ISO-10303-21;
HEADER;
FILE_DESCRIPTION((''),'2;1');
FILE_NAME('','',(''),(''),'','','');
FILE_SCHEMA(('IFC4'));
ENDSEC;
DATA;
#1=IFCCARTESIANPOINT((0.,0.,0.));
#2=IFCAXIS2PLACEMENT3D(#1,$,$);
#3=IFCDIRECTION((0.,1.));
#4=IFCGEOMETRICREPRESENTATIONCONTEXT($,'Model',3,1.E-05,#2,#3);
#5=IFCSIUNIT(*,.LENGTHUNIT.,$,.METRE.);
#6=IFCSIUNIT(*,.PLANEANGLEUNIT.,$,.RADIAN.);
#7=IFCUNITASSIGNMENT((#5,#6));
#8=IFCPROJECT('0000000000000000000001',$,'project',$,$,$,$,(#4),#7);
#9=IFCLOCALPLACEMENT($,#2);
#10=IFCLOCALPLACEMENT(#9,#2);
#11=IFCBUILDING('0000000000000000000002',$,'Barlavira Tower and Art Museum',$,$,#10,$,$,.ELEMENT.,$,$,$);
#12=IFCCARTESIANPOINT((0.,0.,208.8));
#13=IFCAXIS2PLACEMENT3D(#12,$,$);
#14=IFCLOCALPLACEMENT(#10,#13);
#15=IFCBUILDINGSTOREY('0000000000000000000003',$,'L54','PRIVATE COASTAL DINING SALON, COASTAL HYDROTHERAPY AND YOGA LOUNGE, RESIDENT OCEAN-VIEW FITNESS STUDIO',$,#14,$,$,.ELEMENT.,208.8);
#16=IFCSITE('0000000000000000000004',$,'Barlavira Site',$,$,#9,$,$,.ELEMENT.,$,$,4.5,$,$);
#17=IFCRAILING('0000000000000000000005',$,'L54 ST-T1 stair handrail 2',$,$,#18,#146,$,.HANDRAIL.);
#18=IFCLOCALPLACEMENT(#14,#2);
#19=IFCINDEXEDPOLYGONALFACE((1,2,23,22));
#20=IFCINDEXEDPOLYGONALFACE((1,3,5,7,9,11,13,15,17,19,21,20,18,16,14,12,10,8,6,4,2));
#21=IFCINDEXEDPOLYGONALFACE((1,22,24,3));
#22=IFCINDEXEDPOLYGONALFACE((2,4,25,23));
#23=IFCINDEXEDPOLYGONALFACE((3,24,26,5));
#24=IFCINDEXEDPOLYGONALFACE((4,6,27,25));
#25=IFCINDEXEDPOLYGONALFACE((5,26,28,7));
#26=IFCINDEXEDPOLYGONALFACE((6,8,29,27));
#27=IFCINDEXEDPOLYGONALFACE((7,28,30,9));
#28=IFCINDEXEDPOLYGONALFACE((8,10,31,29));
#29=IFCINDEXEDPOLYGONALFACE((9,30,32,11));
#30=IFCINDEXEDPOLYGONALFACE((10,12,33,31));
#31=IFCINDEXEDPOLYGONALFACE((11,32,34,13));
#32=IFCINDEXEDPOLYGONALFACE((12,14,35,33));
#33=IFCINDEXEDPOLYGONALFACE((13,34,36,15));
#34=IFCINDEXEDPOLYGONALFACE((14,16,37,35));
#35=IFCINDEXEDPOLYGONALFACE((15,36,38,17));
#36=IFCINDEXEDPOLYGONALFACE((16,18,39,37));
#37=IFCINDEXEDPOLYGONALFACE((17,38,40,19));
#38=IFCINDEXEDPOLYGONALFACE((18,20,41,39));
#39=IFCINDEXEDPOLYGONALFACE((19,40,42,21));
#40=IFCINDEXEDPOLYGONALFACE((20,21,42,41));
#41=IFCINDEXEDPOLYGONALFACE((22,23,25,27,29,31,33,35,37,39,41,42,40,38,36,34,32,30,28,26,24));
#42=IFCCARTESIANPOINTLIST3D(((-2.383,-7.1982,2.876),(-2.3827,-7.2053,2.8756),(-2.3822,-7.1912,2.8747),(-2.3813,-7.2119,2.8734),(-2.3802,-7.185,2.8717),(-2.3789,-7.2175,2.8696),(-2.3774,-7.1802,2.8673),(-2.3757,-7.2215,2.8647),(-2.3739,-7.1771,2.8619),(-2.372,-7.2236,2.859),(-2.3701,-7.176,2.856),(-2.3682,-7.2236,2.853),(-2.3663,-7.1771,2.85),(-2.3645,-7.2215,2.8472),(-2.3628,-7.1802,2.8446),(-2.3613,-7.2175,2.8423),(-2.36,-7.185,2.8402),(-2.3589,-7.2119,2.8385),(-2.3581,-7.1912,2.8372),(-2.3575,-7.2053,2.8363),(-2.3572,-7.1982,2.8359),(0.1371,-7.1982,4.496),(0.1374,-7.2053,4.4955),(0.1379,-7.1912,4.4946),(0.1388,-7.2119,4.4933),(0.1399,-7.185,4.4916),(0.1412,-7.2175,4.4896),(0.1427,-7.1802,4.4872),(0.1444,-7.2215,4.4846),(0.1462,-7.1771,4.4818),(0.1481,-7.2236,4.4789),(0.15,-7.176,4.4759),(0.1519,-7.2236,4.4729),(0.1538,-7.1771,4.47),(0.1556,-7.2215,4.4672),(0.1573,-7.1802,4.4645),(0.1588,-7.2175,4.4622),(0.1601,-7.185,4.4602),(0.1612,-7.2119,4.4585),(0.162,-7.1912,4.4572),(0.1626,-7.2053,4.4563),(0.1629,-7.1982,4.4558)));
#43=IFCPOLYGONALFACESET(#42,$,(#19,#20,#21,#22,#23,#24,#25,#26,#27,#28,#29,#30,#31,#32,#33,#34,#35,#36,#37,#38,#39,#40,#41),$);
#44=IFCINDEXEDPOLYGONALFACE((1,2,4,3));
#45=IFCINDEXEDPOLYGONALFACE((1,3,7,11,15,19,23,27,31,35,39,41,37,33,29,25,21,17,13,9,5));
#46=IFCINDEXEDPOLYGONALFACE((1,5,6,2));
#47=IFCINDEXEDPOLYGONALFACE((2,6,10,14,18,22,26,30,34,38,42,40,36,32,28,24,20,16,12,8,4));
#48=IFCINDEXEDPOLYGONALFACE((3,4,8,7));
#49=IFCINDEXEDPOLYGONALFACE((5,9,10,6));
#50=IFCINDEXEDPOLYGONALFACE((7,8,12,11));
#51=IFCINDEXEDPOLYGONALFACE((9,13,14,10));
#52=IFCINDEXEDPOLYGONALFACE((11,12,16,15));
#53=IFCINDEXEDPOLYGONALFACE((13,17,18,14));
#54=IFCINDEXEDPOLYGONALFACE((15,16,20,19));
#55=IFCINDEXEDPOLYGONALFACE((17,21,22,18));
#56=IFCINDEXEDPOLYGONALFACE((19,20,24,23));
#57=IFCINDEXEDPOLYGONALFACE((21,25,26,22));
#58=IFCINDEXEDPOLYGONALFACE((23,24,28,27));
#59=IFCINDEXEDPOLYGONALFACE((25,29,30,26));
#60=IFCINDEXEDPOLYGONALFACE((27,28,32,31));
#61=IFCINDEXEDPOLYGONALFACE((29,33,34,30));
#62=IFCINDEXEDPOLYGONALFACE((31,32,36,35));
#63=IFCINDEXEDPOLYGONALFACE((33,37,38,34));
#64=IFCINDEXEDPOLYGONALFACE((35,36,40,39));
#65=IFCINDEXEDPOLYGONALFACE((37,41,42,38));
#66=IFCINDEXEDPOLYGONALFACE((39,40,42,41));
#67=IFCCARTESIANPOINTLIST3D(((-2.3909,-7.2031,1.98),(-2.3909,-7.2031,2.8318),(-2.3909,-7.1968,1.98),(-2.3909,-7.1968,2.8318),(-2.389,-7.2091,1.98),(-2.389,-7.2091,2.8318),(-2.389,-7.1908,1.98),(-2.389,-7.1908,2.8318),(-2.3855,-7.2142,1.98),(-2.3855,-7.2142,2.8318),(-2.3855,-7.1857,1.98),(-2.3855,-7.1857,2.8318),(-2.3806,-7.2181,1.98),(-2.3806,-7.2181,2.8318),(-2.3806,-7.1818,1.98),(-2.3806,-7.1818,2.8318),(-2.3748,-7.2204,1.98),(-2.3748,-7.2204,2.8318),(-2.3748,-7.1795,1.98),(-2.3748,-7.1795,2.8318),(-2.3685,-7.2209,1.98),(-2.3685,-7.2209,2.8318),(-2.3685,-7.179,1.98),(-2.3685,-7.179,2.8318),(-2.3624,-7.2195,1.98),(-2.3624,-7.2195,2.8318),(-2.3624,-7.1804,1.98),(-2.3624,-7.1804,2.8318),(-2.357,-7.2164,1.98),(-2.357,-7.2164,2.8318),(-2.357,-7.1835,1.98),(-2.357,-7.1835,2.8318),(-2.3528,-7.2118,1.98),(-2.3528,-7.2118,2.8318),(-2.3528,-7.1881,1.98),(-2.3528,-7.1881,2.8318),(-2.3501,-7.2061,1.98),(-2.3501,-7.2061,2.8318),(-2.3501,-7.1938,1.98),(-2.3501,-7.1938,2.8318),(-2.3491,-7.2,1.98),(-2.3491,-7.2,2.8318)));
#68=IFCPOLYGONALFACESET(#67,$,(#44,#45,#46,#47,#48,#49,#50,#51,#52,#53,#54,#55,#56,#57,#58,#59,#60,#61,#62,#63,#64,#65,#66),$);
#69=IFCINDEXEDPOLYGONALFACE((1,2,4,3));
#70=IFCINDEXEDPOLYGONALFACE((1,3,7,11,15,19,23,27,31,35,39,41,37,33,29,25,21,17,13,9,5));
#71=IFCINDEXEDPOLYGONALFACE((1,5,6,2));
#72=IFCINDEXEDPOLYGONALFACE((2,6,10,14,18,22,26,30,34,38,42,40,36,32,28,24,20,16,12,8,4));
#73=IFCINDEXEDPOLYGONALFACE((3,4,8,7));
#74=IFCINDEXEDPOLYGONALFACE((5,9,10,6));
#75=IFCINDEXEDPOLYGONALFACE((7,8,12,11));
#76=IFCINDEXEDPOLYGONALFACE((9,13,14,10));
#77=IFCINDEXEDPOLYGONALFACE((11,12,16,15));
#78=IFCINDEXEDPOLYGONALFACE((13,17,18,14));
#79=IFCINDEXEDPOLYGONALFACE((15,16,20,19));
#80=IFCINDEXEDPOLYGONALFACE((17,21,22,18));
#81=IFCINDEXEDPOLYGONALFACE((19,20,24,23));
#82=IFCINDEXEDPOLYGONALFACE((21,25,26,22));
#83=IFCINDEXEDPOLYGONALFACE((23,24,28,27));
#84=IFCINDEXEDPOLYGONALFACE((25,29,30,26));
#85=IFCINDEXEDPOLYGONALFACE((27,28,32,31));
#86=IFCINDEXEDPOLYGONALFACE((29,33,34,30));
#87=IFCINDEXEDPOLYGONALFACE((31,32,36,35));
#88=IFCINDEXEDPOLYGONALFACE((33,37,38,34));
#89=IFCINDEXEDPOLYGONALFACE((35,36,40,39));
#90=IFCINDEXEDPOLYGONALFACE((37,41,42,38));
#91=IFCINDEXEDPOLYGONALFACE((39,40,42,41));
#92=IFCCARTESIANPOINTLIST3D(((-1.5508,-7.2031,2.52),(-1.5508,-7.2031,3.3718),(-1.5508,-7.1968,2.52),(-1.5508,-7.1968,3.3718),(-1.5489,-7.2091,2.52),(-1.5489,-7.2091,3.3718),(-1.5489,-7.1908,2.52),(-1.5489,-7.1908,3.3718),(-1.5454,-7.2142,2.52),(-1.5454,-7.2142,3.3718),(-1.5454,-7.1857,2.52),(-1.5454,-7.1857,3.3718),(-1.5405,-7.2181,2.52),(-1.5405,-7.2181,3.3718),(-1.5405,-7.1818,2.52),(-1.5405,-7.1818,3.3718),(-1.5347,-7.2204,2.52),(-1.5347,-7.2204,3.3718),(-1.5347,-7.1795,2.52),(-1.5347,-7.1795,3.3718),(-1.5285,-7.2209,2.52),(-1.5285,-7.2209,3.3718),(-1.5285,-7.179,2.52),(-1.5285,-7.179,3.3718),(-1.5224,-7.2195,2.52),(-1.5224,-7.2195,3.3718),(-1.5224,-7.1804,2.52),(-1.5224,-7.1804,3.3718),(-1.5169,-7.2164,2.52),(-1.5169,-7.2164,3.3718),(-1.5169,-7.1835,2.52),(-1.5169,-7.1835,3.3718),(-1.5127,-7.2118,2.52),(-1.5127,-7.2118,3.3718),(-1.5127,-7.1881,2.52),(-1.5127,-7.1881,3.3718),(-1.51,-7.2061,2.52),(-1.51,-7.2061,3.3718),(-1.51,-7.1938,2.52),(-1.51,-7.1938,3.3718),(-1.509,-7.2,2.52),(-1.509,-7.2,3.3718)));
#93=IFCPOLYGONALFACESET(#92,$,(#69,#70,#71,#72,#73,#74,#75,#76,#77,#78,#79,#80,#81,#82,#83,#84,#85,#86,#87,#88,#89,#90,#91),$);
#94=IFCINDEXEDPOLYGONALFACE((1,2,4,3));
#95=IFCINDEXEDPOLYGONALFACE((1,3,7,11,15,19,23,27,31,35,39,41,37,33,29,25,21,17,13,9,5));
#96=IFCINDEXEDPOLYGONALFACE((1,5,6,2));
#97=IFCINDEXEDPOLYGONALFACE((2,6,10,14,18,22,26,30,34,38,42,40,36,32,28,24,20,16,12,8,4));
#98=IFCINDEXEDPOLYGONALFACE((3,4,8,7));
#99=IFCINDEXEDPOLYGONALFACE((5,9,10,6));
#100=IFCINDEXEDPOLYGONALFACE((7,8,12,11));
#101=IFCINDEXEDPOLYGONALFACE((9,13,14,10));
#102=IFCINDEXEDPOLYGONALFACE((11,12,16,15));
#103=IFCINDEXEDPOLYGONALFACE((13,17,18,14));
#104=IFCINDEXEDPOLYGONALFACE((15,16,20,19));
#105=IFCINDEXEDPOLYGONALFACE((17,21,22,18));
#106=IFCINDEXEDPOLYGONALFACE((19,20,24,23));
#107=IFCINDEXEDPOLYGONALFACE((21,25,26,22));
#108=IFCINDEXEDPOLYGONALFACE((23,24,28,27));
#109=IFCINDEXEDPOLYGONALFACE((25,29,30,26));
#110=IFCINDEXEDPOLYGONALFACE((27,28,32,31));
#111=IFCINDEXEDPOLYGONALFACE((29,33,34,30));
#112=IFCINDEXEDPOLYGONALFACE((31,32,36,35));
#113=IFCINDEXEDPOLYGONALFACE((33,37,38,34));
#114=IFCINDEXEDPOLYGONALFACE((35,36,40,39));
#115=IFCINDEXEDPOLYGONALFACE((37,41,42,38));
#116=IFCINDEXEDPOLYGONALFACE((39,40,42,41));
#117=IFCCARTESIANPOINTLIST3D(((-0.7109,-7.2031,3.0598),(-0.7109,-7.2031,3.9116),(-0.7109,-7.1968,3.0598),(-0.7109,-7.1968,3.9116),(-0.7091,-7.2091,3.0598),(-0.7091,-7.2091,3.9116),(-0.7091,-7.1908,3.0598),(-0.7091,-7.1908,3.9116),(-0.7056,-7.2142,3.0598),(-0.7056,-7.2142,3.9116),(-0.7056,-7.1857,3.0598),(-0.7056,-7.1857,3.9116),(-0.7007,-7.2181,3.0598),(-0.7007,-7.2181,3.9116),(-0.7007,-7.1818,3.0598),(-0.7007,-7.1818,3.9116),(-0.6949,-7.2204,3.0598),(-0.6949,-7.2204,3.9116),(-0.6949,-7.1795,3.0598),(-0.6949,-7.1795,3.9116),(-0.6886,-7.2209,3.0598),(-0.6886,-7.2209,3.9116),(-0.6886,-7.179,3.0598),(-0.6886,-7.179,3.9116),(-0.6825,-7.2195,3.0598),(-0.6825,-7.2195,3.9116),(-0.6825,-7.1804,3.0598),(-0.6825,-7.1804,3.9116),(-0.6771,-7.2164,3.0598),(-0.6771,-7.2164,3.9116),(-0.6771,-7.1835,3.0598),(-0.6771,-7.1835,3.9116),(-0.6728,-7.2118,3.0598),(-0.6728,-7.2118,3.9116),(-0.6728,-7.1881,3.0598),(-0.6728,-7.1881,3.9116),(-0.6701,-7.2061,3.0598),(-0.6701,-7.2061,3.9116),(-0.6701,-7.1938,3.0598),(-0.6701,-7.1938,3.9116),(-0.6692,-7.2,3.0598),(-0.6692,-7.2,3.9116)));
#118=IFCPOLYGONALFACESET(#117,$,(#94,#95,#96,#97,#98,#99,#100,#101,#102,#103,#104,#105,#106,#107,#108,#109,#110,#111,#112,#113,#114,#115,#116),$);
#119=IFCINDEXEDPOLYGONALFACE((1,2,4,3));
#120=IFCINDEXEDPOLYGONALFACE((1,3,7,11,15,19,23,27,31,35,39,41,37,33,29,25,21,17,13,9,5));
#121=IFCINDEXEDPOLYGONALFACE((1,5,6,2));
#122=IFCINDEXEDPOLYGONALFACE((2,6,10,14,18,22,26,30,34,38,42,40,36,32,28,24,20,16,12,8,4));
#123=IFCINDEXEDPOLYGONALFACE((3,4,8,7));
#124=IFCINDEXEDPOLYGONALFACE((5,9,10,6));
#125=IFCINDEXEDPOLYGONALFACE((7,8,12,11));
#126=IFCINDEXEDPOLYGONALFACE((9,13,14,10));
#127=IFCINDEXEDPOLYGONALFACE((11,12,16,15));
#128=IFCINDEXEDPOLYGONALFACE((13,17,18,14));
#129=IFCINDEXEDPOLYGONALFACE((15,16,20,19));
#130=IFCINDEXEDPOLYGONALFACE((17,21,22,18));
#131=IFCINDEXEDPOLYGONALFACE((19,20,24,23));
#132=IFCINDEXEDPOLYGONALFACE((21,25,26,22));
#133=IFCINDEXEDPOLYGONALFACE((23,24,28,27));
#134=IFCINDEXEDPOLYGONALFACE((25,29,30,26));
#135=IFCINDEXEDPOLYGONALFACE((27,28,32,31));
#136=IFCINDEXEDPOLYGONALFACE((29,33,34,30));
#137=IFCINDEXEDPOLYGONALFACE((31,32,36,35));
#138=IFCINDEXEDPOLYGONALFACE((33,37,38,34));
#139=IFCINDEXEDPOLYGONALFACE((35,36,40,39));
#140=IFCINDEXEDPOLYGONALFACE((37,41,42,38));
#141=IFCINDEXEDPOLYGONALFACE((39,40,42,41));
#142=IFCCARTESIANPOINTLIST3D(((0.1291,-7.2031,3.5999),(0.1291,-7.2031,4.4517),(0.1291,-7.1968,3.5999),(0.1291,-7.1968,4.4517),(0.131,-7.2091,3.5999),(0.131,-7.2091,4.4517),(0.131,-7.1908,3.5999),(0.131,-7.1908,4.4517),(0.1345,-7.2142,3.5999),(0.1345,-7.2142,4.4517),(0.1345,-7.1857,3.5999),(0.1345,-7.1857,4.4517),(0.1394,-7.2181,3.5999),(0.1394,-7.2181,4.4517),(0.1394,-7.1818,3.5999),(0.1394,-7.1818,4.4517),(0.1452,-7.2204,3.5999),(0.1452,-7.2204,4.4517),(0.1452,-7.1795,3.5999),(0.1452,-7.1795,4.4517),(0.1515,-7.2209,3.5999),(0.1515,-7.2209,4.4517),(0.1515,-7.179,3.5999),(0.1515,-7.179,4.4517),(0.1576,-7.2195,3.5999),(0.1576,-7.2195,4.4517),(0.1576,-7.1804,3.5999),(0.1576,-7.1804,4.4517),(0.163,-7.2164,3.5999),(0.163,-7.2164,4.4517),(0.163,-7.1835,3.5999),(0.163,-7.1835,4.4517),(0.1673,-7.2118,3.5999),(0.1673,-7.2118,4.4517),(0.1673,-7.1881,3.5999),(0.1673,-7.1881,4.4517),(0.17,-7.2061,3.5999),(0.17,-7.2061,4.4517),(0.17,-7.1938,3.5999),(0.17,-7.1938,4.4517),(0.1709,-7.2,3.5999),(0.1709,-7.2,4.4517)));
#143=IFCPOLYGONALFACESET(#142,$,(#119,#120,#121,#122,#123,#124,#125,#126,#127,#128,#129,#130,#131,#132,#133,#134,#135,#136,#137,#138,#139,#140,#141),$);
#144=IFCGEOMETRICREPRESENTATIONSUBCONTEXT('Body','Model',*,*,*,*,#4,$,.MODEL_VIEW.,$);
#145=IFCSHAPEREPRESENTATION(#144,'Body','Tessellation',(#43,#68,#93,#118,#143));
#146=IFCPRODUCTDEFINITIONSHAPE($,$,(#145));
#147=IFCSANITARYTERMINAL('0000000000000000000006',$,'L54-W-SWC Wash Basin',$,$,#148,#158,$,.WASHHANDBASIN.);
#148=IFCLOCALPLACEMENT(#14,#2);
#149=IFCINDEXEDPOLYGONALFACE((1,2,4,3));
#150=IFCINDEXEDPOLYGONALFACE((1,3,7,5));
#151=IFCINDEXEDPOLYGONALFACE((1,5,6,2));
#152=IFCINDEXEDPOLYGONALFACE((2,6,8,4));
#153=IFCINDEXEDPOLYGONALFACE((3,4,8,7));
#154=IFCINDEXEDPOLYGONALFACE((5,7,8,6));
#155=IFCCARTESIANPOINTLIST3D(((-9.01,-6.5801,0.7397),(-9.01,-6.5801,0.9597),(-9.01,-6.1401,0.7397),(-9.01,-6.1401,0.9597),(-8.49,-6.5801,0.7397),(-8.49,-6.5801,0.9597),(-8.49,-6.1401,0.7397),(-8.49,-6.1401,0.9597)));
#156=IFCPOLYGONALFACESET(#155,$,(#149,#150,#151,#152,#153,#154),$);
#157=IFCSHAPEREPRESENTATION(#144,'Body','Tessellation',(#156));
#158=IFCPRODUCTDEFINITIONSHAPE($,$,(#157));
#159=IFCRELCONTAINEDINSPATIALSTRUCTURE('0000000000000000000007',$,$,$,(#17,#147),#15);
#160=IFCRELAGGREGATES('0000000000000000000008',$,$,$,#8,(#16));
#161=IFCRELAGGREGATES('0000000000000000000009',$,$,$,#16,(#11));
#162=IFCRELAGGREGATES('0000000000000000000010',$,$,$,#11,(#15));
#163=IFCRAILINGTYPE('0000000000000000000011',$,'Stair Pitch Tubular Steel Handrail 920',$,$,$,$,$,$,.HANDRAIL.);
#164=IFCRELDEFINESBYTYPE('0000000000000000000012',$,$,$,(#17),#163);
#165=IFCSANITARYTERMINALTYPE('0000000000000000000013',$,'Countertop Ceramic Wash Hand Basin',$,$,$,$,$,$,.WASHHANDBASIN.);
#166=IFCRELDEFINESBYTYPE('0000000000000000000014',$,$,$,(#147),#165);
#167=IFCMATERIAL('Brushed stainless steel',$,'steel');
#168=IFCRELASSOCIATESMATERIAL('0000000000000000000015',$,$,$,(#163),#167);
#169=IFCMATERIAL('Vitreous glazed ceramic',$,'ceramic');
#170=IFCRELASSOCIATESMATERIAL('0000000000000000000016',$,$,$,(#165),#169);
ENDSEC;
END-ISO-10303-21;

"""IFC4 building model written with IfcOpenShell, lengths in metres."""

from ifc_helpers import new_model, si_unit, direction, frame, origin, origin_2d, place, context, subcontext, project, spatial, rectangle, circle, extrude, material, type_object, element, save


model = new_model("IFC4")

# Units and contexts
model_context = context("Model", 3, precision=1e-05, world=origin(), true_north=direction((0.0, 1.0)))
body_context = subcontext(model_context, "Body", "Model", "MODEL_VIEW")
ifc_project = project(units=[si_unit("LENGTHUNIT", "METRE"), si_unit("PLANEANGLEUNIT", "RADIAN")], contexts=[model_context])

# Site, building, storey
site_placement = place(None, origin())
site = spatial("IfcSite", under=ifc_project, at=site_placement, Name="Barlavira Site", CompositionType="ELEMENT", RefElevation=4.5)
building_placement = place(site_placement, origin())
building = spatial("IfcBuilding", under=site, at=building_placement, Name="Barlavira Tower and Art Museum", CompositionType="ELEMENT")
storey_placement = place(building_placement, frame((0.0, 0.0, 208.8)))
storey = spatial("IfcBuildingStorey", under=building, at=storey_placement, Name="L54", Description="PRIVATE COASTAL DINING SALON, COASTAL HYDROTHERAPY AND YOGA LOUNGE, RESIDENT OCEAN-VIEW FITNESS STUDIO", CompositionType="ELEMENT", Elevation=208.8)

# Shared definitions
ifc_material_1 = material(Name="Brushed stainless steel", Category="steel")

# Railing
railing_type_1 = type_object("IfcRailingType", Name="Stair Pitch Tubular Steel Handrail 920", PredefinedType="HANDRAIL", material=ifc_material_1)
railing_1_placement = place(storey_placement, frame((-2.3701, -7.2, 1.98)))
element("IfcRailing", 1, at=railing_1_placement, inside=storey, type_object=railing_type_1, Name="L54 ST-T1 stair handrail 2", PredefinedType="HANDRAIL", context=body_context, shape_type="SweptSolid", body=[
    extrude(circle(Radius=0.0239, at=origin_2d()), frame((0.0, 0.0, 0.876), z_axis=(0.8412, 0.0, 0.540725), x_axis=(0.0, 1.0, 0.0)), (0.0, 0.0, 1.0), 2.9958),
    extrude(circle(Radius=0.021, at=origin_2d()), origin(), (0.0, 0.0, 1.0), 0.8518),
    extrude(circle(Radius=0.021, at=origin_2d()), frame((0.8401, 0.0, 0.54)), (0.0, 0.0, 1.0), 0.8518),
    extrude(circle(Radius=0.021, at=origin_2d()), frame((1.6799, 0.0, 1.0798)), (0.0, 0.0, 1.0), 0.8518),
    extrude(circle(Radius=0.021, at=origin_2d()), frame((2.52, 0.0, 1.6199)), (0.0, 0.0, 1.0), 0.8518),
])

# Sanitary terminal
ifc_material_2 = material(Name="Vitreous glazed ceramic", Category="ceramic")
sanitary_terminal_type = type_object("IfcSanitaryTerminalType", Name="Countertop Ceramic Wash Hand Basin", PredefinedType="WASHHANDBASIN", material=ifc_material_2)
sanitary_terminal_placement = place(storey_placement, frame((-8.75, -6.3601, 0.7397), z_axis=(0.0, 0.0, 1.0), x_axis=(1.0, 0.0, 0.0)))
element("IfcSanitaryTerminal", 2, at=sanitary_terminal_placement, inside=storey, type_object=sanitary_terminal_type, Name="L54-W-SWC Wash Basin", PredefinedType="WASHHANDBASIN", context=body_context, shape_type="SweptSolid", body=[
    extrude(rectangle(XDim=0.52, YDim=0.4399, at=origin_2d()), origin(), (0.0, 0.0, 1.0), 0.22),
])

save(model, "model.ifc")
